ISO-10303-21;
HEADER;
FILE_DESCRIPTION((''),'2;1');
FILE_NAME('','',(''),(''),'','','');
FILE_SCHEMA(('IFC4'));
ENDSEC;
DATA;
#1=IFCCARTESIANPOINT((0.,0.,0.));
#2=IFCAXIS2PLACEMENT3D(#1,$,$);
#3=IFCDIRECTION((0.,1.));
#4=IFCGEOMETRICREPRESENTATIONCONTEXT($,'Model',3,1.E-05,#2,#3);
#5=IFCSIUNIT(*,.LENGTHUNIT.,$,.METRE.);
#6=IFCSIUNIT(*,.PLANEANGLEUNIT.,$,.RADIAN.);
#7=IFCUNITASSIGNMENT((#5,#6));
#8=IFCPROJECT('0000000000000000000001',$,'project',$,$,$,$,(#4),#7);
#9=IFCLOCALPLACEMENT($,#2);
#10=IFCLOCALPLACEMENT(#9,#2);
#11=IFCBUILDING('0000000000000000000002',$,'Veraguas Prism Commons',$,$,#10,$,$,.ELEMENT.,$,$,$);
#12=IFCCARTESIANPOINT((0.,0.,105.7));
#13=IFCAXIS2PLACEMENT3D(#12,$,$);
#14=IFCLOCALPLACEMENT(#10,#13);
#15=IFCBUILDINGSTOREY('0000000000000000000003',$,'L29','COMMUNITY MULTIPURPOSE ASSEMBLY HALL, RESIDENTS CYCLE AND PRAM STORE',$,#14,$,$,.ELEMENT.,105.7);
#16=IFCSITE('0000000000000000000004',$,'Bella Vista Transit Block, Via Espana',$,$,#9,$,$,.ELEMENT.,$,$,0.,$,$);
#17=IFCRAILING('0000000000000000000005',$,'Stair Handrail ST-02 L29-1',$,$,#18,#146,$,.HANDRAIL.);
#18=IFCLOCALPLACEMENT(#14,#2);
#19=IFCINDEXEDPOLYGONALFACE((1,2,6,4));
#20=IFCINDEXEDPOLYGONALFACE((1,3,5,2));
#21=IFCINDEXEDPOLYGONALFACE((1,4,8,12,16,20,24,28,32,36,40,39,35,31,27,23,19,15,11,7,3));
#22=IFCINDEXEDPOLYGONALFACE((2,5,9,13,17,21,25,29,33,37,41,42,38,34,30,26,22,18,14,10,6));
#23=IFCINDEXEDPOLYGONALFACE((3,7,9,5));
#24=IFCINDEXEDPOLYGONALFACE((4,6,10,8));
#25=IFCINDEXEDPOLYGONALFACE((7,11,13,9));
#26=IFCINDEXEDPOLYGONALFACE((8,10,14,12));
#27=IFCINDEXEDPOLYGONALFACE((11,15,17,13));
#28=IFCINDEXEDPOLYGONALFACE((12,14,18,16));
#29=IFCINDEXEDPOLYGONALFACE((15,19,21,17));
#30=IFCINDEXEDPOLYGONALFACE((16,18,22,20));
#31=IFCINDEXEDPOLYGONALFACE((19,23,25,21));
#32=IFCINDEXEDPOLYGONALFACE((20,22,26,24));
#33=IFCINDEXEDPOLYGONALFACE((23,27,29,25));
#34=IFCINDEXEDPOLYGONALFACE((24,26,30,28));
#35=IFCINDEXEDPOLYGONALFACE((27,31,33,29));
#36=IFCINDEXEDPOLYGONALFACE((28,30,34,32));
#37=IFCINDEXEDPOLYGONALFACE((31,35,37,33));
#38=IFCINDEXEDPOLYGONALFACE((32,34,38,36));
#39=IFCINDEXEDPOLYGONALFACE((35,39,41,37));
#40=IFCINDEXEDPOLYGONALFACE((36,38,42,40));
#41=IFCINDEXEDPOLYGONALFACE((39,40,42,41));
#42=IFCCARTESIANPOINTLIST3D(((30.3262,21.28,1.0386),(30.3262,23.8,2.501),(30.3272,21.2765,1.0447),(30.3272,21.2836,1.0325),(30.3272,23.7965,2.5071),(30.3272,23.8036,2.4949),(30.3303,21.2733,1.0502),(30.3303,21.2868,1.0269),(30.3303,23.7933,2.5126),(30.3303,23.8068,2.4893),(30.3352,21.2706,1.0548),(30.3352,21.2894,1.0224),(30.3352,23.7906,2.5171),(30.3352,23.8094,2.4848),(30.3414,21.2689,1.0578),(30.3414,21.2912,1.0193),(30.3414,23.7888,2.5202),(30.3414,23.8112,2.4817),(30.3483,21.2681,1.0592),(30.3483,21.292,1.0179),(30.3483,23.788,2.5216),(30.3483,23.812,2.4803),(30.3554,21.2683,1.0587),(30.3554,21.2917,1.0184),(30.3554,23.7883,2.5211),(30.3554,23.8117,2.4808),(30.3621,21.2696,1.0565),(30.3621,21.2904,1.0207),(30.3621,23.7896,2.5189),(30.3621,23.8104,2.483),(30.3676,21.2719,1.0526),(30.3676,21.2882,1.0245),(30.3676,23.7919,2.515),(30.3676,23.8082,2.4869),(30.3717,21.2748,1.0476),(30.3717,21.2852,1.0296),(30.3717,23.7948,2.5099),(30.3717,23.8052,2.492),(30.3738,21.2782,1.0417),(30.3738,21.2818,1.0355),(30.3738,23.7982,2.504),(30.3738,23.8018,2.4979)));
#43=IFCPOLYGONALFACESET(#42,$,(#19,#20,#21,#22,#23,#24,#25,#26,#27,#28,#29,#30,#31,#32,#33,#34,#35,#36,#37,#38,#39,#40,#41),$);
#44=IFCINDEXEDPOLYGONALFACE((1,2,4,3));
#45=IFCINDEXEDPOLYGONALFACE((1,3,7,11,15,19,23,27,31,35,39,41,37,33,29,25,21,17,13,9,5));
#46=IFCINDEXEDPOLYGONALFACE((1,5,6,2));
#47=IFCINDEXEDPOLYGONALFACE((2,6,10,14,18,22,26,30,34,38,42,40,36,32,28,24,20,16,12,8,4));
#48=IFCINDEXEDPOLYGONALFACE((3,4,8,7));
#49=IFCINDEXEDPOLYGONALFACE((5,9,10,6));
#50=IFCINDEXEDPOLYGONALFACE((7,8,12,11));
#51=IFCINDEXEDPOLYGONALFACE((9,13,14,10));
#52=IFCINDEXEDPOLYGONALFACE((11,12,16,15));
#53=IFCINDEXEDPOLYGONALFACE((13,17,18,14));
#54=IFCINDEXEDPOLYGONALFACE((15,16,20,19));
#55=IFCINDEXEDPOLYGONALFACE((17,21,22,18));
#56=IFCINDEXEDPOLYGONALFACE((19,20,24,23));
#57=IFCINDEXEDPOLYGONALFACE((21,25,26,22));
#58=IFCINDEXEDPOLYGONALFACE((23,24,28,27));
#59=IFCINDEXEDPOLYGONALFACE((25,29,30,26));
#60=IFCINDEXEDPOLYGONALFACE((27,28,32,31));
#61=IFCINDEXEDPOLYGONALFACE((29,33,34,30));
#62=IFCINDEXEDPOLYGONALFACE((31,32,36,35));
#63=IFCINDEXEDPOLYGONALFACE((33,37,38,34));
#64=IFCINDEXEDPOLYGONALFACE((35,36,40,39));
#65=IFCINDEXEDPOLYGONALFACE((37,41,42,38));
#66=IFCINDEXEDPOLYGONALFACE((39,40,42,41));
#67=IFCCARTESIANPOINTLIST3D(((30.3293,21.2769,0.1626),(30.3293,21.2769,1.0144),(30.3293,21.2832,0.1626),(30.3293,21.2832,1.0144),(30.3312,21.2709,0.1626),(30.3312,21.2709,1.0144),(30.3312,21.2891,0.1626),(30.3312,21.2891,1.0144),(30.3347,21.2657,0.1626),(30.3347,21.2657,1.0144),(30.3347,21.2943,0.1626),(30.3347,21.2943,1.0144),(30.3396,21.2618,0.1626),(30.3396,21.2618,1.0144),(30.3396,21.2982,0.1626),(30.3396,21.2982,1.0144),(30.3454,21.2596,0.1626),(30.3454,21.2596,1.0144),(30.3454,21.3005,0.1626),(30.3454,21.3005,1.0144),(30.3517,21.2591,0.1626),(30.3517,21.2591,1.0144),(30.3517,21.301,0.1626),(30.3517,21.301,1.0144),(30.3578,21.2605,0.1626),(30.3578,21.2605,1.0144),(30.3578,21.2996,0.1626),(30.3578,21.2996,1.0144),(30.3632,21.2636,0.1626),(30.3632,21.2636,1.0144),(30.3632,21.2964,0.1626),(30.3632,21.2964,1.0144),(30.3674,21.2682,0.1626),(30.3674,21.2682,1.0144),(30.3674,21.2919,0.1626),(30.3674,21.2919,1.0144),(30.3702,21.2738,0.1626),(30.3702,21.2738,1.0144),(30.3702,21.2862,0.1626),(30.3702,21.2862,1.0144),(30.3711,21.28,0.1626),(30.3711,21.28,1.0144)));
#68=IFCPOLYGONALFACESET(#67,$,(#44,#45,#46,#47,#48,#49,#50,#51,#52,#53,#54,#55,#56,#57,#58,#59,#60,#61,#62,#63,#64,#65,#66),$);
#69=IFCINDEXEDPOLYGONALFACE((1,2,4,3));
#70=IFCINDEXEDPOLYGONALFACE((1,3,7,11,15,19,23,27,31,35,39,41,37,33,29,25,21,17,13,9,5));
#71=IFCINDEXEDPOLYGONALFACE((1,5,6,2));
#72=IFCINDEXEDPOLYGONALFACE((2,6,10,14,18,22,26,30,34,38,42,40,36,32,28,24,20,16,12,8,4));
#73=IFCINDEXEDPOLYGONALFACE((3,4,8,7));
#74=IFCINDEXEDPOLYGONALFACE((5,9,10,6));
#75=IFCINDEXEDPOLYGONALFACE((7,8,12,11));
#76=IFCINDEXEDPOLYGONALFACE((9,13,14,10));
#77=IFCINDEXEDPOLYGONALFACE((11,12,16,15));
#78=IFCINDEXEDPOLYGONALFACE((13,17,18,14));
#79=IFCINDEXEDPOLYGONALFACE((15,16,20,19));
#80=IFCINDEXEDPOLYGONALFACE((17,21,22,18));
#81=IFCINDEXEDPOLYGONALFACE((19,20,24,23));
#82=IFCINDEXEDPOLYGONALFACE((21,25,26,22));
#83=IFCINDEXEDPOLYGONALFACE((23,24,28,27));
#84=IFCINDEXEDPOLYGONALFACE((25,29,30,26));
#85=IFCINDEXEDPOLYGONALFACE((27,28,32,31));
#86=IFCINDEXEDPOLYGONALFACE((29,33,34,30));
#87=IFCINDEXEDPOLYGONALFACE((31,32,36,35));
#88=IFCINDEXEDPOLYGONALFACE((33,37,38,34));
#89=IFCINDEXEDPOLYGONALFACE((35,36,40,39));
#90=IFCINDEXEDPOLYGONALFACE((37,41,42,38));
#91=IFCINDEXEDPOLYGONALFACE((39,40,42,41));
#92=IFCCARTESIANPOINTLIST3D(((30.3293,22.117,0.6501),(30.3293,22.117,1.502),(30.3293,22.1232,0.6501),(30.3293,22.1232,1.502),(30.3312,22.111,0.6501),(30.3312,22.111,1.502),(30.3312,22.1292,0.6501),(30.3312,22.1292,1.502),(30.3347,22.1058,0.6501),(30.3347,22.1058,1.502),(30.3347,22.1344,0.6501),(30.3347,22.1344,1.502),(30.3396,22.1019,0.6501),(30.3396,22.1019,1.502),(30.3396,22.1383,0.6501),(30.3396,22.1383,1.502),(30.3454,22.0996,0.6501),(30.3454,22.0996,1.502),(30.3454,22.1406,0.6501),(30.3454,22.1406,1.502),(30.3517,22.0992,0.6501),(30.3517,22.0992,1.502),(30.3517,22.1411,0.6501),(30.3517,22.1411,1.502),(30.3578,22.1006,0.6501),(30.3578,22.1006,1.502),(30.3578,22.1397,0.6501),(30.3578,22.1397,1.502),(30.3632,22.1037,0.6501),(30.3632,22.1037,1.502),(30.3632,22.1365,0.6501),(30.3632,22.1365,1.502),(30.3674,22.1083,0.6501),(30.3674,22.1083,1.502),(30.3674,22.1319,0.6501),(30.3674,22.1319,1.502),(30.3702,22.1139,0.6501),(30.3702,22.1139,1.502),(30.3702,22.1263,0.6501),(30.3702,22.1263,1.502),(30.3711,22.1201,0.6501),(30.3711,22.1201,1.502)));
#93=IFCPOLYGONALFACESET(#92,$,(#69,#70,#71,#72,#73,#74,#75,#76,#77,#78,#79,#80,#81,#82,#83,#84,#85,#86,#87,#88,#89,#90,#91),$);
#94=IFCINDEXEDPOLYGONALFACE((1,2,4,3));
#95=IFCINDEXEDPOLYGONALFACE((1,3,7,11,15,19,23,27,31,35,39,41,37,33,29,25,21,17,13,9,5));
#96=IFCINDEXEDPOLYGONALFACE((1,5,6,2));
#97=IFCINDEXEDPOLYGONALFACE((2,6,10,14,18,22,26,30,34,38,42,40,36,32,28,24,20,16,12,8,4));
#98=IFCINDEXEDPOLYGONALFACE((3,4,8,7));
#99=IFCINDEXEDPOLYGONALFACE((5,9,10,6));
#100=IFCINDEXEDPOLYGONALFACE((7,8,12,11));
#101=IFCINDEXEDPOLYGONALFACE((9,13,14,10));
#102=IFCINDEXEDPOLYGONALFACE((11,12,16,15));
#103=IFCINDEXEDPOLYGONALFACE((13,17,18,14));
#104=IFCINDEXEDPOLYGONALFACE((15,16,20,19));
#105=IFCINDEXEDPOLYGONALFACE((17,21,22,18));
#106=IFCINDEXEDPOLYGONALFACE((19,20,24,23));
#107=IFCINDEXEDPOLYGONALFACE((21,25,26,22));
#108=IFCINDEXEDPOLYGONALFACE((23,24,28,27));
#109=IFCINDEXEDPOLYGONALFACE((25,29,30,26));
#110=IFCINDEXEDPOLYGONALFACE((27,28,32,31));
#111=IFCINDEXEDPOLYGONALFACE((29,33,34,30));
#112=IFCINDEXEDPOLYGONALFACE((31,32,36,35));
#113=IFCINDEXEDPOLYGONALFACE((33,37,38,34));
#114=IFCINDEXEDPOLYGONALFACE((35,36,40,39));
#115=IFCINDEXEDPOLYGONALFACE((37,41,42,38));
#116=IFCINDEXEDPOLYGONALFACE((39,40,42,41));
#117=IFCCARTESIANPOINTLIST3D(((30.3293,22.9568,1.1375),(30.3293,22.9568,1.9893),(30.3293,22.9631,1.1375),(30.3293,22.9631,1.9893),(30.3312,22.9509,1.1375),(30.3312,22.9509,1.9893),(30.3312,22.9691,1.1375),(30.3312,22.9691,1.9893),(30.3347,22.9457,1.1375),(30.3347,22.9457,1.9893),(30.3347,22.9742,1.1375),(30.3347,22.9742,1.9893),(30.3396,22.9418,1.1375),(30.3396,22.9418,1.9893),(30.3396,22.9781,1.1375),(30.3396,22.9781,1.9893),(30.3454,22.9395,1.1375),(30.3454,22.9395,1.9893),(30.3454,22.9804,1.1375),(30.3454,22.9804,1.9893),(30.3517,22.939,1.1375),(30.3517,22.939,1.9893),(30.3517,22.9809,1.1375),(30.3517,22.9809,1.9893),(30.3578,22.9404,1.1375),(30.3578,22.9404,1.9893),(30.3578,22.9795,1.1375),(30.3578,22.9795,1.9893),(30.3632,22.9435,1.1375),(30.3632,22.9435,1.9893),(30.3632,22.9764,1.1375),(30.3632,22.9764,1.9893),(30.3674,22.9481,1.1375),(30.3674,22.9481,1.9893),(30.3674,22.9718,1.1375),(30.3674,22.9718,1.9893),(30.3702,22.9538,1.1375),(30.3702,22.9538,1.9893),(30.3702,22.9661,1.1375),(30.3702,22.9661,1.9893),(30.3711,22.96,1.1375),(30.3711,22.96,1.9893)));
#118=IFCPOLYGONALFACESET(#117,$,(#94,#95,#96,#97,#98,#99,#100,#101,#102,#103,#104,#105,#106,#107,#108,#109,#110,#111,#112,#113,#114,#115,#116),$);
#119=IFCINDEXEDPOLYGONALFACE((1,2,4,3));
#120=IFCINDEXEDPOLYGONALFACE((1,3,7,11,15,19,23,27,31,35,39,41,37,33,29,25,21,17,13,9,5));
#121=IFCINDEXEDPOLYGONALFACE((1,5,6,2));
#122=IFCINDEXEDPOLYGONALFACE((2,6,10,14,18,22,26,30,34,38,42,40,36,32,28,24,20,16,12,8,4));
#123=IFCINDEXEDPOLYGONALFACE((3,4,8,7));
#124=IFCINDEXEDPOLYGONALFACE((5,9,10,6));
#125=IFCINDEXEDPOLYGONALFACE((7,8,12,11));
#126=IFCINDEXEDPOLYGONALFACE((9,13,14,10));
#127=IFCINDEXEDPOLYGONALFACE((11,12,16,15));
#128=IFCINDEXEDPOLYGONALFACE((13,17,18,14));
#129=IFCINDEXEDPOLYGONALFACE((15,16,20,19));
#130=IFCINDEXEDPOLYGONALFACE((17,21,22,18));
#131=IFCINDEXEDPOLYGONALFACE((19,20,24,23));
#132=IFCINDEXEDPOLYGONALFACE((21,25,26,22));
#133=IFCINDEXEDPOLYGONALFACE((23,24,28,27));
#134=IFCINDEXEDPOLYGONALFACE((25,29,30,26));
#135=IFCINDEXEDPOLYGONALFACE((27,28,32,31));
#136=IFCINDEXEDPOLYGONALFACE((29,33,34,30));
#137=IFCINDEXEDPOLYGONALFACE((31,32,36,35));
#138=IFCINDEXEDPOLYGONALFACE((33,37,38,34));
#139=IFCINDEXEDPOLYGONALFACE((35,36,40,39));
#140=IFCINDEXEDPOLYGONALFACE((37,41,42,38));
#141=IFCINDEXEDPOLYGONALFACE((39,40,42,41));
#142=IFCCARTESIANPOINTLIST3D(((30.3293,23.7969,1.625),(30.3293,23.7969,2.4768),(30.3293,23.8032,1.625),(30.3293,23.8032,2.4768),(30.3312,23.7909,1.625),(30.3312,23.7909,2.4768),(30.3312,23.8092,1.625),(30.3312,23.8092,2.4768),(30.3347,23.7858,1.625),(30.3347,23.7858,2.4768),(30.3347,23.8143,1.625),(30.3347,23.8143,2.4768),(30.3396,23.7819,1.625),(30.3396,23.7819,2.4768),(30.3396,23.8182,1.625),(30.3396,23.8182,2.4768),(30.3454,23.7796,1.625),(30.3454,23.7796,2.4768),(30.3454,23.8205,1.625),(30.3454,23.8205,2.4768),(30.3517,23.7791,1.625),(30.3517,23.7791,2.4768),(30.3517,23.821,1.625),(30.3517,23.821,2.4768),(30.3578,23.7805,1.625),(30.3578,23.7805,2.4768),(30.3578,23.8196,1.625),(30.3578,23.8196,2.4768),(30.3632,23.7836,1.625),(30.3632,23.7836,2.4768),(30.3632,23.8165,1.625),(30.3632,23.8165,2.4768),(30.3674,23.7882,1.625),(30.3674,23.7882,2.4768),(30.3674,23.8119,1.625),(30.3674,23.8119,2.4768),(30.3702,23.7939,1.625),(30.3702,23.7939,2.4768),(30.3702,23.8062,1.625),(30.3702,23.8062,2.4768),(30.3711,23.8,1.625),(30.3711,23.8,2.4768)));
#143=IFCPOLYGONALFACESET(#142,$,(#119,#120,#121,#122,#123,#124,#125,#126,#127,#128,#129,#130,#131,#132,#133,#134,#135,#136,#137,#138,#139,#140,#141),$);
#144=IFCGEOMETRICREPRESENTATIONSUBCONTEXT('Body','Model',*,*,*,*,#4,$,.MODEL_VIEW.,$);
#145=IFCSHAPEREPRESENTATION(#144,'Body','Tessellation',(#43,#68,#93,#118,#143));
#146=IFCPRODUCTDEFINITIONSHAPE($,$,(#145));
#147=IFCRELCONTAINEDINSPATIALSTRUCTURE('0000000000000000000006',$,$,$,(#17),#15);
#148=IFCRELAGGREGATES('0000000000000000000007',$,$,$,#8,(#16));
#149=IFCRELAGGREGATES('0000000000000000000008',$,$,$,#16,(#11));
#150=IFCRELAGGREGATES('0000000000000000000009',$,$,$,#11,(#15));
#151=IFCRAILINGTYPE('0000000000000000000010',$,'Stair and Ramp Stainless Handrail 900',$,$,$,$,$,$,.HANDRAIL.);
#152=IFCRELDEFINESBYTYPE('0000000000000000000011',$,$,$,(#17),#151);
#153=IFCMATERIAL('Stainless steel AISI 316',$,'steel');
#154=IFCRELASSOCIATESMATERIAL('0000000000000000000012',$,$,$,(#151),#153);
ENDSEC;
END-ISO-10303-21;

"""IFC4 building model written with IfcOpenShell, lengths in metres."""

from ifc_helpers import new_model, si_unit, direction, frame, origin, origin_2d, place, context, subcontext, project, spatial, circle, extrude, material, type_object, element, save


model = new_model("IFC4")

# Units and contexts
model_context = context("Model", 3, precision=1e-05, world=origin(), true_north=direction((0.0, 1.0)))
body_context = subcontext(model_context, "Body", "Model", "MODEL_VIEW")
ifc_project = project(units=[si_unit("LENGTHUNIT", "METRE"), si_unit("PLANEANGLEUNIT", "RADIAN")], contexts=[model_context])

# Site, building, storey
site_placement = place(None, origin())
site = spatial("IfcSite", under=ifc_project, at=site_placement, Name="Bella Vista Transit Block, Via Espana", CompositionType="ELEMENT", RefElevation=0.0)
building_placement = place(site_placement, origin())
building = spatial("IfcBuilding", under=site, at=building_placement, Name="Veraguas Prism Commons", CompositionType="ELEMENT")
storey_placement = place(building_placement, frame((0.0, 0.0, 105.7)))
storey = spatial("IfcBuildingStorey", under=building, at=storey_placement, Name="L29", Description="COMMUNITY MULTIPURPOSE ASSEMBLY HALL, RESIDENTS CYCLE AND PRAM STORE", CompositionType="ELEMENT", Elevation=105.7)

# Shared definitions
ifc_material_1 = material(Name="Stainless steel AISI 316", Category="steel")

# Railing
railing_type_1 = type_object("IfcRailingType", Name="Stair and Ramp Stainless Handrail 900", PredefinedType="HANDRAIL", material=ifc_material_1)
railing_1_placement = place(storey_placement, frame((30.3501, 21.28, 0.1626)))
element("IfcRailing", 1, at=railing_1_placement, inside=storey, type_object=railing_type_1, Name="Stair Handrail ST-02 L29-1", PredefinedType="HANDRAIL", context=body_context, shape_type="SweptSolid", body=[
    extrude(circle(Radius=0.0239, at=origin_2d()), frame((0.0, 0.0, 0.876), z_axis=(0.0, 0.864913, 0.501921), x_axis=(-1.0, 0.0, 0.0)), (0.0, 0.0, 1.0), 2.9136),
    extrude(circle(Radius=0.021, at=origin_2d()), origin(), (0.0, 0.0, 1.0), 0.8518),
    extrude(circle(Radius=0.021, at=origin_2d()), frame((0.0, 0.8401, 0.4875)), (0.0, 0.0, 1.0), 0.8518),
    extrude(circle(Radius=0.021, at=origin_2d()), frame((0.0, 1.6799, 0.9749)), (0.0, 0.0, 1.0), 0.8518),
    extrude(circle(Radius=0.021, at=origin_2d()), frame((0.0, 2.52, 1.4624)), (0.0, 0.0, 1.0), 0.8518),
])

save(model, "model.ifc")
